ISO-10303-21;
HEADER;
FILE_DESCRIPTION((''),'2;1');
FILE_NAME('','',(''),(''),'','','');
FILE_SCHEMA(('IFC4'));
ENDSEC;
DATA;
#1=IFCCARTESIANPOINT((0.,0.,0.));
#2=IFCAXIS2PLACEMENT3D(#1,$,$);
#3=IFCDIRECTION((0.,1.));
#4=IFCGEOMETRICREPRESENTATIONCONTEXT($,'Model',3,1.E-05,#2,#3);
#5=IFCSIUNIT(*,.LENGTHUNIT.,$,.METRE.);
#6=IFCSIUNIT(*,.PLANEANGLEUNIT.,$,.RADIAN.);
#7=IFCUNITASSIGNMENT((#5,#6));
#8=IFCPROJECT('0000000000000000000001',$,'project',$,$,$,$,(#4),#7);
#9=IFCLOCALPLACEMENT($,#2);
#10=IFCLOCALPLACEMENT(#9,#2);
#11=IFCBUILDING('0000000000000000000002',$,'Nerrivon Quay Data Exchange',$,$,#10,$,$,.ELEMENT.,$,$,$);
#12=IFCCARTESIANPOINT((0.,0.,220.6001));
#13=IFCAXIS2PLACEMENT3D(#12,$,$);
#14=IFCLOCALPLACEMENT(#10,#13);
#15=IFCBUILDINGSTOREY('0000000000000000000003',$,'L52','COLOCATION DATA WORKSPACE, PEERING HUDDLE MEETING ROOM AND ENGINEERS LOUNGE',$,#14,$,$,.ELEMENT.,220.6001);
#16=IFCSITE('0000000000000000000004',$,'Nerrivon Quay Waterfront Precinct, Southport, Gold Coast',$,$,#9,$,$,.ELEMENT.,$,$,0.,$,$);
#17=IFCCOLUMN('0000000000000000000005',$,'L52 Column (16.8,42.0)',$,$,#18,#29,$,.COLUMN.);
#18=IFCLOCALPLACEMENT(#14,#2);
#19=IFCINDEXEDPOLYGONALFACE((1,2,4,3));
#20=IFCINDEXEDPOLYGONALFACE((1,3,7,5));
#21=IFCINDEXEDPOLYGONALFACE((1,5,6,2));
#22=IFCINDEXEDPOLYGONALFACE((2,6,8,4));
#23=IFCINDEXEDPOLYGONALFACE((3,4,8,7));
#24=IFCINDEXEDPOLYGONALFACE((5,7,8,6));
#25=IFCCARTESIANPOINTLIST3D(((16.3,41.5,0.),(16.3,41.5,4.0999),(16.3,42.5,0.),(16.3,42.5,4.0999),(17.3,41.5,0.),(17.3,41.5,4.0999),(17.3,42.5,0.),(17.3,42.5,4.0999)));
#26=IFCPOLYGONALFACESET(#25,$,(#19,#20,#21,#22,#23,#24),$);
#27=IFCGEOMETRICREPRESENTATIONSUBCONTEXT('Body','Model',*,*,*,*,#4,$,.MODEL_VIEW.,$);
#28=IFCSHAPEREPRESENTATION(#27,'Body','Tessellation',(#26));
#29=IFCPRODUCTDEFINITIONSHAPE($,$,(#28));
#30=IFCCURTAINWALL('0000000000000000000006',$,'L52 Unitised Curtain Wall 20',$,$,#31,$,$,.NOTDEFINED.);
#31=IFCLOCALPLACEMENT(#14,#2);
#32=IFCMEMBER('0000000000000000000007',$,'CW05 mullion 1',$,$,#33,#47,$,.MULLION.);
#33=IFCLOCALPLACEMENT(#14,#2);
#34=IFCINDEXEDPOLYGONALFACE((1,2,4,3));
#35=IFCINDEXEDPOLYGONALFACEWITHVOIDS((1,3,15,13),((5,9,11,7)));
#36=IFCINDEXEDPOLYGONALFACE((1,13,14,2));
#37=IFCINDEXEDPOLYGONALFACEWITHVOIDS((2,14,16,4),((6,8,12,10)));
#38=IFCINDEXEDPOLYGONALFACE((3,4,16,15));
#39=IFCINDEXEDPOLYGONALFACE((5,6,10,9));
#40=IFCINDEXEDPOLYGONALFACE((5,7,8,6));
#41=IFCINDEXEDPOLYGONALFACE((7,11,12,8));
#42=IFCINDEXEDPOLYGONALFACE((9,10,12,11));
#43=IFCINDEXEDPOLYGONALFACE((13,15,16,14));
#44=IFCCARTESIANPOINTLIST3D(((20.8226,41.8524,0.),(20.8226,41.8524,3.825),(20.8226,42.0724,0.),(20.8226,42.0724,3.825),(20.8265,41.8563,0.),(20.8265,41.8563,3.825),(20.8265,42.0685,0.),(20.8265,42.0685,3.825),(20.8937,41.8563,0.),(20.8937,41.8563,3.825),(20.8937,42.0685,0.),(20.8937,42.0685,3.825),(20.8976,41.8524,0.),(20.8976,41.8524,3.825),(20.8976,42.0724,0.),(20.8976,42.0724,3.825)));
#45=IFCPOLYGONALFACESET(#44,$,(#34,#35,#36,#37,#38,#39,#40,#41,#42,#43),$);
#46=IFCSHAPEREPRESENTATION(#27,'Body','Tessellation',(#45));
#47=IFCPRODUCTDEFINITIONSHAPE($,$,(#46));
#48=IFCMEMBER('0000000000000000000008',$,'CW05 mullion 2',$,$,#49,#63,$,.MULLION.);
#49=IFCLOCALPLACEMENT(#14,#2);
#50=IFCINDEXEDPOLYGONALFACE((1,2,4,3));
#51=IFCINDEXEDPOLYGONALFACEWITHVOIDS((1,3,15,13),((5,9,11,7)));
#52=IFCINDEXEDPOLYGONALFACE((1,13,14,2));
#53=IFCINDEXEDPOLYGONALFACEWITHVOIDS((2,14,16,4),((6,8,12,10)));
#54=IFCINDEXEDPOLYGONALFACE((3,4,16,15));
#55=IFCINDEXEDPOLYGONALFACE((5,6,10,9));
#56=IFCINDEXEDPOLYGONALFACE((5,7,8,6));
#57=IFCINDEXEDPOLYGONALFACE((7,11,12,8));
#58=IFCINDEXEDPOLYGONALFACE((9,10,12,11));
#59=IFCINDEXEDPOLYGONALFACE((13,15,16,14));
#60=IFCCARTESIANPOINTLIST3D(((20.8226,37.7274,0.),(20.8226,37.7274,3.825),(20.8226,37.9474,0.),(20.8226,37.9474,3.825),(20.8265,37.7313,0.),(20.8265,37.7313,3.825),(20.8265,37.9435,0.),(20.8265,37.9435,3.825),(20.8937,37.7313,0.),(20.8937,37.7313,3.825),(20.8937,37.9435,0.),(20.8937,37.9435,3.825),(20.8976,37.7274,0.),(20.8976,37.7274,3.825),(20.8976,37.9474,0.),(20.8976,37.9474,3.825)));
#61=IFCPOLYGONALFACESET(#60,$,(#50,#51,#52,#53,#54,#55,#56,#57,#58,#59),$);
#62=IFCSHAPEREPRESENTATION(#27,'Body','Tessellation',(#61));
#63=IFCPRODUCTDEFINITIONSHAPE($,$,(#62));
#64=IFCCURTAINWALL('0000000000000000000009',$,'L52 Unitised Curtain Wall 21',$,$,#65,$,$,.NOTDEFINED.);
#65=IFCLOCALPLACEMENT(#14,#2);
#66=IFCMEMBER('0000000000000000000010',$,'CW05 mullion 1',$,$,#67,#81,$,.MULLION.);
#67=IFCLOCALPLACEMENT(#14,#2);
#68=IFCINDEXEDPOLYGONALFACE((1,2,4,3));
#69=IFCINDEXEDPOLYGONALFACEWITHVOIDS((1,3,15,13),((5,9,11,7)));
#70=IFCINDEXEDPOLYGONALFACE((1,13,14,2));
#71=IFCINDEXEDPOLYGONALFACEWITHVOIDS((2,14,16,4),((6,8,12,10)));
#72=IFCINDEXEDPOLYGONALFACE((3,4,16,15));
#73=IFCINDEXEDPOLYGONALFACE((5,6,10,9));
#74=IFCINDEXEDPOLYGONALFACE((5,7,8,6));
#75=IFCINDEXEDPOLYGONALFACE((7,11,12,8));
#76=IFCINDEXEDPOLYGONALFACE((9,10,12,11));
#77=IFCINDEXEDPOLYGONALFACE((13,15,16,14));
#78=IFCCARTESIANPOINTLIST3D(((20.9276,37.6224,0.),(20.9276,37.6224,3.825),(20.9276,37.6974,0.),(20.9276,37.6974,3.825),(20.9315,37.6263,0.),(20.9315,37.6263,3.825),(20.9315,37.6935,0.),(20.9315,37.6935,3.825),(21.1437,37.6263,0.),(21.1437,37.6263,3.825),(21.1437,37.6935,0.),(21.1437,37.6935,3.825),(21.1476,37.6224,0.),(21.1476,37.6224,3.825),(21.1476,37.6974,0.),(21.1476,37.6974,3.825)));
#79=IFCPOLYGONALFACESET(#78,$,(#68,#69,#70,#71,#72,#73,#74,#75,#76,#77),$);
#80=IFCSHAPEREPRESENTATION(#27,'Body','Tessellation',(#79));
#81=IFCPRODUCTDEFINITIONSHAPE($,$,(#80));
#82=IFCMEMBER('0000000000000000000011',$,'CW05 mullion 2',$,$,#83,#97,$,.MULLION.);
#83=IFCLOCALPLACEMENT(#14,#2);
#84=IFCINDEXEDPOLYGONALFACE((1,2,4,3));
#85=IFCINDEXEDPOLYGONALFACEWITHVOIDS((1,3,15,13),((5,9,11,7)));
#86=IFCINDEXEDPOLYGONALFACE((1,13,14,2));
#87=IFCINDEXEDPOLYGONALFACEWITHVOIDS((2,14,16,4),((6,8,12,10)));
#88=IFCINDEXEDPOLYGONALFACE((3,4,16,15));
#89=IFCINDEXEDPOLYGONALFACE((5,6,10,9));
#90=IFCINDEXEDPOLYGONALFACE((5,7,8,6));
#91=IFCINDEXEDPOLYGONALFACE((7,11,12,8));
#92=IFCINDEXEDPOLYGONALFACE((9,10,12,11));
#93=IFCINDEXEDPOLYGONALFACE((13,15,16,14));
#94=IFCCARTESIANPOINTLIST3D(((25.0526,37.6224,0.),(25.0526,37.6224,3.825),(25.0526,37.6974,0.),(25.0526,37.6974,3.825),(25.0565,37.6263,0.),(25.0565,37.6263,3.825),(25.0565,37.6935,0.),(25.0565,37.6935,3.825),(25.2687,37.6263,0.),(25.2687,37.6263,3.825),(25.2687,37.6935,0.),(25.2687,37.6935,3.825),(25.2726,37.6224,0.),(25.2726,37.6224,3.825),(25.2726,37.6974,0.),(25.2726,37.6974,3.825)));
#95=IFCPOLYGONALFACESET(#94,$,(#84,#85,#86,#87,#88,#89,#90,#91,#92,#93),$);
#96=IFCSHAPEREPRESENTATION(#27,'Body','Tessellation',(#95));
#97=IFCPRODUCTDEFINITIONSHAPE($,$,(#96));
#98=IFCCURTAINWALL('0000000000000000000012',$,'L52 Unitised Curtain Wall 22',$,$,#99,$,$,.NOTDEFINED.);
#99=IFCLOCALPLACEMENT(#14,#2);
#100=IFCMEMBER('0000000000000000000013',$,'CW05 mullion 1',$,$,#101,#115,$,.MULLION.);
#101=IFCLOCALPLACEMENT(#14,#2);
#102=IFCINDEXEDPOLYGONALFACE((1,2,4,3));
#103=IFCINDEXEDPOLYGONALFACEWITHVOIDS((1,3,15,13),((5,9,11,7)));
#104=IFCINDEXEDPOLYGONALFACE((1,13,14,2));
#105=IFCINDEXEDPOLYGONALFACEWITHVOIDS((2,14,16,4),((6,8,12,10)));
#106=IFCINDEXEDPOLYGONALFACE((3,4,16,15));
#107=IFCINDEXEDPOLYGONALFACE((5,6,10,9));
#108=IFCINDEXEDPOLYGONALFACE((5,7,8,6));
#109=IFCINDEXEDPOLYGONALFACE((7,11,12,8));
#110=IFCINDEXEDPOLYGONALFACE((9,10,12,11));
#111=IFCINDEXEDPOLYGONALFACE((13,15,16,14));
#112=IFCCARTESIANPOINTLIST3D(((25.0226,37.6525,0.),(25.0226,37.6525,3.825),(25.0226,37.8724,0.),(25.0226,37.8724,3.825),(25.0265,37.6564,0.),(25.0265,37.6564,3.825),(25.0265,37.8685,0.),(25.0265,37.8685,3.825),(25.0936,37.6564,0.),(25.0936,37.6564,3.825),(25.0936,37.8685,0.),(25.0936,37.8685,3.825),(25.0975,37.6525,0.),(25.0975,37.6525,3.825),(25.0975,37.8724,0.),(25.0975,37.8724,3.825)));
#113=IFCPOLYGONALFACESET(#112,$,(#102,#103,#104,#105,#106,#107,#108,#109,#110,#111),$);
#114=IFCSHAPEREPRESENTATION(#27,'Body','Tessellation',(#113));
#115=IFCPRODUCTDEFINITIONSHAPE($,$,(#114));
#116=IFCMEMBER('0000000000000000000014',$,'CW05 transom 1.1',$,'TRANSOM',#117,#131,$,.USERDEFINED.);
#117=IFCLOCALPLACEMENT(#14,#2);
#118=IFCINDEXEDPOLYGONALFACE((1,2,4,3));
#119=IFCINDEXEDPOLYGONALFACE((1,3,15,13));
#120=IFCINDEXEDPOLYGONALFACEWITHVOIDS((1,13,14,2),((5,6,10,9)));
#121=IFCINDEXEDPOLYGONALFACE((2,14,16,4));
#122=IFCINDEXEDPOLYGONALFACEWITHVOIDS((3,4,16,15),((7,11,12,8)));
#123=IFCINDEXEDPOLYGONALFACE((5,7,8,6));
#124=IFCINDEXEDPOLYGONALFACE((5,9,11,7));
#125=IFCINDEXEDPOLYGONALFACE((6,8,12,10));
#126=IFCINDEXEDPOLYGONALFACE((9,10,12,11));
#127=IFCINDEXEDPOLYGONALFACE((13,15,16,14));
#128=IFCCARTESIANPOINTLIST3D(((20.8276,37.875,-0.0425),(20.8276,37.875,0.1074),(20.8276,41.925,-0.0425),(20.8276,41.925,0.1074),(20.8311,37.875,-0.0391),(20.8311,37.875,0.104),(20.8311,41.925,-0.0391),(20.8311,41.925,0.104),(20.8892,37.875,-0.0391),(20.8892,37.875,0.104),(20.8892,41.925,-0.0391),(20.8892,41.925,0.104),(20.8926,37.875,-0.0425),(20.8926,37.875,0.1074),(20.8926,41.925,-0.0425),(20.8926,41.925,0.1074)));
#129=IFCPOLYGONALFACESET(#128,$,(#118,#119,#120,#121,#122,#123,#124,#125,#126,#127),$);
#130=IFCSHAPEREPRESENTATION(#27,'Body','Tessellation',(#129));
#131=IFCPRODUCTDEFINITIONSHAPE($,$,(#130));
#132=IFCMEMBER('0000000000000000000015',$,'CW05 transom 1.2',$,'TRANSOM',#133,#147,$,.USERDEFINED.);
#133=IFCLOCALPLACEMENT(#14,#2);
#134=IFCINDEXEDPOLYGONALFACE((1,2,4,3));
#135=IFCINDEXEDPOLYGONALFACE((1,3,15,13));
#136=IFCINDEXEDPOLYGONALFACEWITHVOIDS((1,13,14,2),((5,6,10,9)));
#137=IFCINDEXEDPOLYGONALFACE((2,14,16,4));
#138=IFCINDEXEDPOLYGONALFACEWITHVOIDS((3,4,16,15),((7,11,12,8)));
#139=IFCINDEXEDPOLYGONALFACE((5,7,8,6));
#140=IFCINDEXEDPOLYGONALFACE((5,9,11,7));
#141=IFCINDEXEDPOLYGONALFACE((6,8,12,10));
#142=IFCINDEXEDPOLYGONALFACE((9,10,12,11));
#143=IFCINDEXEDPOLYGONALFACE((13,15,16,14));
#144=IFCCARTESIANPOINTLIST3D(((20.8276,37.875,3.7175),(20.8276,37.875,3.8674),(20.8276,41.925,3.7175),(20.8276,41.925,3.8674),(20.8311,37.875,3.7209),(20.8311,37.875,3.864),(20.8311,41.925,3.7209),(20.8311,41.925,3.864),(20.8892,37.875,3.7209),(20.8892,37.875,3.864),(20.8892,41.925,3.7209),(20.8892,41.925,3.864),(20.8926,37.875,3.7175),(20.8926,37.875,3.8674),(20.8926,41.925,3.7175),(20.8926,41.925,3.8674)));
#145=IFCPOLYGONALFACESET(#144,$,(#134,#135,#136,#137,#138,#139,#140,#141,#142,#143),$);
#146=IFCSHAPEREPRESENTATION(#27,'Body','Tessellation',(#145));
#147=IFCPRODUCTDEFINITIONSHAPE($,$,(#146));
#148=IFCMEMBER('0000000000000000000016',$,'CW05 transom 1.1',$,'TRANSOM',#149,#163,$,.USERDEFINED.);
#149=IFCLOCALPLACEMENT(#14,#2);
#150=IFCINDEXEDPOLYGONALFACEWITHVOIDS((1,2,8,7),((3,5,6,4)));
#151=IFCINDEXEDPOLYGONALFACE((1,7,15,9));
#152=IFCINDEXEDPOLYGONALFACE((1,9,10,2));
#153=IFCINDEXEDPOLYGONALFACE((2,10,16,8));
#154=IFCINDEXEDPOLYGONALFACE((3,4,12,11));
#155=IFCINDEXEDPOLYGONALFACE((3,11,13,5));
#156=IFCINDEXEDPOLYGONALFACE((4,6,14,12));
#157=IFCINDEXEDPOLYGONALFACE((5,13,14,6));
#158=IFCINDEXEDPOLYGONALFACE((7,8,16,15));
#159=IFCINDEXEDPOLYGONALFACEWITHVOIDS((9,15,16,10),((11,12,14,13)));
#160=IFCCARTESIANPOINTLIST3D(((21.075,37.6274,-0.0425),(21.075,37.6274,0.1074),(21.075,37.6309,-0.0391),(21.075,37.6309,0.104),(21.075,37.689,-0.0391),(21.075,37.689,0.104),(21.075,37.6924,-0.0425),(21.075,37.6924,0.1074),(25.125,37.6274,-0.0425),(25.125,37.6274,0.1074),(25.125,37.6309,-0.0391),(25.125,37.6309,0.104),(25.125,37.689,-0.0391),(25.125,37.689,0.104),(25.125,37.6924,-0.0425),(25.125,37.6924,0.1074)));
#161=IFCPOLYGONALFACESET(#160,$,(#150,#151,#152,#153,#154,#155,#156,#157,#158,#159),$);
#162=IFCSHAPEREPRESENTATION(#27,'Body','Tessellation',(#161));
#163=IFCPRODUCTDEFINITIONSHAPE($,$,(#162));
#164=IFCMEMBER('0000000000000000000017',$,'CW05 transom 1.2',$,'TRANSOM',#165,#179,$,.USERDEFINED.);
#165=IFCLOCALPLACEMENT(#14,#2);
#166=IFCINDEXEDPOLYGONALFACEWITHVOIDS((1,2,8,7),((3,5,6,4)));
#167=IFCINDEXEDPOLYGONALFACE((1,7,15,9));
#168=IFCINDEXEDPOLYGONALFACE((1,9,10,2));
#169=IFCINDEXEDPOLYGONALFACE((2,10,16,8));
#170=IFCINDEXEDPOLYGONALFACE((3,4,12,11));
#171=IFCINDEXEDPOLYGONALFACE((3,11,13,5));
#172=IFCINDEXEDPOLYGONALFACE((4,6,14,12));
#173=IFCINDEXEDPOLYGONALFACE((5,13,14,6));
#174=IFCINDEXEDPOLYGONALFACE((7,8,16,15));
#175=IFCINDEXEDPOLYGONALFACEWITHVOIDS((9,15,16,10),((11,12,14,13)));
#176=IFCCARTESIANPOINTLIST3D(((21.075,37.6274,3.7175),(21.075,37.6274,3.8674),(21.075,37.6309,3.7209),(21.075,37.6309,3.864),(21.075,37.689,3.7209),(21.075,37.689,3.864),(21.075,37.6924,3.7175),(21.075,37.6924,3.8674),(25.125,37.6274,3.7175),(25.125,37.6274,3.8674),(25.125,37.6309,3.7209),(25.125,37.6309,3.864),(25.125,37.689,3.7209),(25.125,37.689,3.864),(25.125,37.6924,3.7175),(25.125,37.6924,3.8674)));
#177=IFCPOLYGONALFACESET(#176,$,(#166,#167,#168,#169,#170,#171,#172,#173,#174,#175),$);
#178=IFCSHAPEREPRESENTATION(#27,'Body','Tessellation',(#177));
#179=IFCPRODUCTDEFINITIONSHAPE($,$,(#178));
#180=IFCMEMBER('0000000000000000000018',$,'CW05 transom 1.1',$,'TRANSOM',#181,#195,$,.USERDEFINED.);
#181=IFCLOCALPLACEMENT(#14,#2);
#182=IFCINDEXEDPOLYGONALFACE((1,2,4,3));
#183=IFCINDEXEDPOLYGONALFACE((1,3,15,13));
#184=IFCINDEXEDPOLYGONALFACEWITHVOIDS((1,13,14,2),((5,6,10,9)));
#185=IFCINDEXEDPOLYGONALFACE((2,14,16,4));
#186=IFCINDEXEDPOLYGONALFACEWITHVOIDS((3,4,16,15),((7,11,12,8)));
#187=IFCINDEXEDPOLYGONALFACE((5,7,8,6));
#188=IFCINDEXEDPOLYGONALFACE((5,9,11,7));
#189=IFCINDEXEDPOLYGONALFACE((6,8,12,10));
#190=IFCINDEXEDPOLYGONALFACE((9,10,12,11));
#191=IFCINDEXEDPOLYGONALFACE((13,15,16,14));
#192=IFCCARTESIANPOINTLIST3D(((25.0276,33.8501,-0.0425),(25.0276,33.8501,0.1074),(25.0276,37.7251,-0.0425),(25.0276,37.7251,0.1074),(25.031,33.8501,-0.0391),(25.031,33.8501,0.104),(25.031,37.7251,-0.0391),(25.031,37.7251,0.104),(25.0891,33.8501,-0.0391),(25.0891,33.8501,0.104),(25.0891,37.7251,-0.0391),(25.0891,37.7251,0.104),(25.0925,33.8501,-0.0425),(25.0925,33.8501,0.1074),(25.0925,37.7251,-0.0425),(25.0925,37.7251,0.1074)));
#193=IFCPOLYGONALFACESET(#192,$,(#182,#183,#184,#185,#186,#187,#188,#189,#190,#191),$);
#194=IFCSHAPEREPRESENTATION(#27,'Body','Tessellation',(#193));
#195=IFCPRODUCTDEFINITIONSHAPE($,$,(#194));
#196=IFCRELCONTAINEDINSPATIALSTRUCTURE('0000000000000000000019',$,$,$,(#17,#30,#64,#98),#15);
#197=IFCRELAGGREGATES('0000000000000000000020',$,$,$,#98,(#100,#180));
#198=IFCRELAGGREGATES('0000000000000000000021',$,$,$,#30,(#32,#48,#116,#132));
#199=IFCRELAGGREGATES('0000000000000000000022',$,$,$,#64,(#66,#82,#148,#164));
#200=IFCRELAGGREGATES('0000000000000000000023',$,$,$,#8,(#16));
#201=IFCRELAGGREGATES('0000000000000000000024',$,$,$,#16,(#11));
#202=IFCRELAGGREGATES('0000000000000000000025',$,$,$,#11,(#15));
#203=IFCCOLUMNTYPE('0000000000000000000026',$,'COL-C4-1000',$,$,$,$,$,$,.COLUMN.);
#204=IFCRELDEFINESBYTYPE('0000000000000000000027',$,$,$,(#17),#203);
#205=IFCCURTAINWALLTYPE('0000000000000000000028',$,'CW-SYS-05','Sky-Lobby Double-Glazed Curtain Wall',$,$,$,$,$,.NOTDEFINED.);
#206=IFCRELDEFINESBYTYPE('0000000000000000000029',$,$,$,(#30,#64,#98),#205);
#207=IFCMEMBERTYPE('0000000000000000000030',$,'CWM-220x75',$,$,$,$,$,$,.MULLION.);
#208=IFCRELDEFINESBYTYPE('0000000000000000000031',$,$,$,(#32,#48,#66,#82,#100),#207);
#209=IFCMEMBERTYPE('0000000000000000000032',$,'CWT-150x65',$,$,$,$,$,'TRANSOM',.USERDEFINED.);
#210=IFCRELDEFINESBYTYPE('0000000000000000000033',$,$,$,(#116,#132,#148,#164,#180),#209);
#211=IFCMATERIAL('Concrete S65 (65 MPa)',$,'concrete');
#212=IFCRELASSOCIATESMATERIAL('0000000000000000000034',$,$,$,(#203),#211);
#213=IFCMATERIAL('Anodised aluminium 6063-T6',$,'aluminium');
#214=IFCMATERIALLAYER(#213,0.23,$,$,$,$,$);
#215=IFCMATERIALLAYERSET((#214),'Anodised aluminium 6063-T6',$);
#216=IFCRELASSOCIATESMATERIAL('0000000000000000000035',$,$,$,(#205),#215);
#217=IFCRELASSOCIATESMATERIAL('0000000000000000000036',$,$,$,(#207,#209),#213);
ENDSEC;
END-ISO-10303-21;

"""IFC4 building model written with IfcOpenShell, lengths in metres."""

from ifc_helpers import new_model, si_unit, direction, frame, origin, origin_2d, place, context, subcontext, project, spatial, rectangle, hollow_rectangle, extrude, material, layer, layer_set, material_profile, profile_set, type_object, element, aggregate, save


model = new_model("IFC4")

# Units and contexts
model_context = context("Model", 3, precision=1e-05, world=origin(), true_north=direction((0.0, 1.0)))
body_context = subcontext(model_context, "Body", "Model", "MODEL_VIEW")
ifc_project = project(units=[si_unit("LENGTHUNIT", "METRE"), si_unit("PLANEANGLEUNIT", "RADIAN")], contexts=[model_context])

# Site, building, storey
site_placement = place(None, origin())
site = spatial("IfcSite", under=ifc_project, at=site_placement, Name="Nerrivon Quay Waterfront Precinct, Southport, Gold Coast", CompositionType="ELEMENT", RefElevation=0.0)
building_placement = place(site_placement, origin())
building = spatial("IfcBuilding", under=site, at=building_placement, Name="Nerrivon Quay Data Exchange", CompositionType="ELEMENT")
storey_placement = place(building_placement, frame((0.0, 0.0, 220.6001)))
storey = spatial("IfcBuildingStorey", under=building, at=storey_placement, Name="L52", Description="COLOCATION DATA WORKSPACE, PEERING HUDDLE MEETING ROOM AND ENGINEERS LOUNGE", CompositionType="ELEMENT", Elevation=220.6001)

# Column
ifc_material_1 = material(Name="Concrete S65 (65 MPa)", Category="concrete")
ifc_material_profile_1 = material_profile(ifc_material_1, rectangle(XDim=1.0, YDim=1.0, at=origin_2d()), Name="RC-COL-1000x1000")
ifc_profile_set_1 = profile_set([ifc_material_profile_1], Name="Concrete S65 (65 MPa)")
column_type = type_object("IfcColumnType", Name="COL-C4-1000", PredefinedType="COLUMN", material=ifc_profile_set_1)
column_placement = place(storey_placement, frame((16.8, 42.0, 0.0), z_axis=(0.0, 0.0, 1.0), x_axis=(1.0, 0.0, 0.0)))
element("IfcColumn", 1, at=column_placement, inside=storey, type_object=column_type, Name="L52 Column (16.8,42.0)", PredefinedType="COLUMN", context=body_context, shape_type="SweptSolid", body=[
    extrude(rectangle(XDim=1.0, YDim=1.0, at=origin_2d()), origin(), (0.0, 0.0, 1.0), 4.0999),
])

# Curtain walls, members
ifc_material_2 = material(Name="Anodised aluminium 6063-T6", Category="aluminium")
ifc_layer_1 = layer(ifc_material_2, 0.23)
ifc_layer_set_1 = layer_set([ifc_layer_1], Name="Anodised aluminium 6063-T6")
curtain_wall_type = type_object("IfcCurtainWallType", Name="CW-SYS-05", Description="Sky-Lobby Double-Glazed Curtain Wall", PredefinedType="NOTDEFINED", material=ifc_layer_set_1)
curtain_wall_1_placement = place(storey_placement, origin())
curtain_wall_1 = element("IfcCurtainWall", 2, at=curtain_wall_1_placement, inside=storey, type_object=curtain_wall_type, Name="L52 Unitised Curtain Wall 20", PredefinedType="NOTDEFINED")
ifc_material_profile_2 = material_profile(ifc_material_2, hollow_rectangle(XDim=0.075, YDim=0.22, WallThickness=0.0039, at=origin_2d()), Name="ALU-MULL-220x75")
ifc_profile_set_2 = profile_set([ifc_material_profile_2], Name="Anodised aluminium 6063-T6")
member_type_1 = type_object("IfcMemberType", Name="CWM-220x75", PredefinedType="MULLION", material=ifc_profile_set_2)
member_1_placement = place(storey_placement, frame((20.8601, 41.9624, 0.0), z_axis=(0.0, 0.0, 1.0), x_axis=(1.0, 0.0, 0.0)))
member_1 = element("IfcMember", 3, at=member_1_placement, type_object=member_type_1, Name="CW05 mullion 1", PredefinedType="MULLION", context=body_context, shape_type="SweptSolid", body=[
    extrude(hollow_rectangle(XDim=0.075, YDim=0.22, WallThickness=0.0039, at=origin_2d()), origin(), (0.0, 0.0, 1.0), 3.825),
])
member_2_placement = place(storey_placement, frame((20.8601, 37.8374, 0.0), z_axis=(0.0, 0.0, 1.0), x_axis=(1.0, 0.0, 0.0)))
member_2 = element("IfcMember", 4, at=member_2_placement, type_object=member_type_1, Name="CW05 mullion 2", PredefinedType="MULLION", context=body_context, shape_type="SweptSolid", body=[
    extrude(hollow_rectangle(XDim=0.075, YDim=0.22, WallThickness=0.0039, at=origin_2d()), origin(), (0.0, 0.0, 1.0), 3.825),
])
curtain_wall_2_placement = place(storey_placement, origin())
curtain_wall_2 = element("IfcCurtainWall", 5, at=curtain_wall_2_placement, inside=storey, type_object=curtain_wall_type, Name="L52 Unitised Curtain Wall 21", PredefinedType="NOTDEFINED")
member_3_placement = place(storey_placement, frame((21.0376, 37.6599, 0.0), z_axis=(0.0, 0.0, 1.0), x_axis=(0.0, 1.0, 0.0)))
member_3 = element("IfcMember", 6, at=member_3_placement, type_object=member_type_1, Name="CW05 mullion 1", PredefinedType="MULLION", context=body_context, shape_type="SweptSolid", body=[
    extrude(hollow_rectangle(XDim=0.075, YDim=0.22, WallThickness=0.0039, at=origin_2d()), origin(), (0.0, 0.0, 1.0), 3.825),
])
member_4_placement = place(storey_placement, frame((25.1626, 37.6599, 0.0), z_axis=(0.0, 0.0, 1.0), x_axis=(0.0, 1.0, 0.0)))
member_4 = element("IfcMember", 7, at=member_4_placement, type_object=member_type_1, Name="CW05 mullion 2", PredefinedType="MULLION", context=body_context, shape_type="SweptSolid", body=[
    extrude(hollow_rectangle(XDim=0.075, YDim=0.22, WallThickness=0.0039, at=origin_2d()), origin(), (0.0, 0.0, 1.0), 3.825),
])

# Curtain wall, member
curtain_wall_3_placement = place(storey_placement, origin())
curtain_wall_3 = element("IfcCurtainWall", 8, at=curtain_wall_3_placement, inside=storey, type_object=curtain_wall_type, Name="L52 Unitised Curtain Wall 22", PredefinedType="NOTDEFINED")
member_5_placement = place(storey_placement, frame((25.0601, 37.7625, 0.0), z_axis=(0.0, 0.0, 1.0), x_axis=(1.0, 0.0, 0.0)))
member_5 = element("IfcMember", 9, at=member_5_placement, type_object=member_type_1, Name="CW05 mullion 1", PredefinedType="MULLION", context=body_context, shape_type="SweptSolid", body=[
    extrude(hollow_rectangle(XDim=0.075, YDim=0.22, WallThickness=0.0039, at=origin_2d()), origin(), (0.0, 0.0, 1.0), 3.825),
])

# Members
ifc_material_profile_3 = material_profile(ifc_material_2, hollow_rectangle(XDim=0.0649, YDim=0.1499, WallThickness=0.0034, at=origin_2d()), Name="ALU-TRAN-150x65")
ifc_profile_set_3 = profile_set([ifc_material_profile_3], Name="Anodised aluminium 6063-T6")
member_type_2 = type_object("IfcMemberType", Name="CWT-150x65", ElementType="TRANSOM", PredefinedType="USERDEFINED", material=ifc_profile_set_3)
member_6_placement = place(storey_placement, frame((20.8601, 41.925, 0.0325), z_axis=(0.0, -1.0, 0.0), x_axis=(1.0, 0.0, 0.0)))
member_6 = element("IfcMember", 10, at=member_6_placement, type_object=member_type_2, Name="CW05 transom 1.1", ObjectType="TRANSOM", PredefinedType="USERDEFINED", context=body_context, shape_type="SweptSolid", body=[
    extrude(hollow_rectangle(XDim=0.0649, YDim=0.1499, WallThickness=0.0034, at=origin_2d()), origin(), (0.0, 0.0, 1.0), 4.05),
])
member_7_placement = place(storey_placement, frame((20.8601, 41.925, 3.7925), z_axis=(0.0, -1.0, 0.0), x_axis=(1.0, 0.0, 0.0)))
member_7 = element("IfcMember", 11, at=member_7_placement, type_object=member_type_2, Name="CW05 transom 1.2", ObjectType="TRANSOM", PredefinedType="USERDEFINED", context=body_context, shape_type="SweptSolid", body=[
    extrude(hollow_rectangle(XDim=0.0649, YDim=0.1499, WallThickness=0.0034, at=origin_2d()), origin(), (0.0, 0.0, 1.0), 4.05),
])
member_8_placement = place(storey_placement, frame((21.075, 37.6599, 0.0325), z_axis=(1.0, 0.0, 0.0), x_axis=(0.0, 1.0, 0.0)))
member_8 = element("IfcMember", 12, at=member_8_placement, type_object=member_type_2, Name="CW05 transom 1.1", ObjectType="TRANSOM", PredefinedType="USERDEFINED", context=body_context, shape_type="SweptSolid", body=[
    extrude(hollow_rectangle(XDim=0.0649, YDim=0.1499, WallThickness=0.0034, at=origin_2d()), origin(), (0.0, 0.0, 1.0), 4.05),
])
member_9_placement = place(storey_placement, frame((21.075, 37.6599, 3.7925), z_axis=(1.0, 0.0, 0.0), x_axis=(0.0, 1.0, 0.0)))
member_9 = element("IfcMember", 13, at=member_9_placement, type_object=member_type_2, Name="CW05 transom 1.2", ObjectType="TRANSOM", PredefinedType="USERDEFINED", context=body_context, shape_type="SweptSolid", body=[
    extrude(hollow_rectangle(XDim=0.0649, YDim=0.1499, WallThickness=0.0034, at=origin_2d()), origin(), (0.0, 0.0, 1.0), 4.05),
])
member_10_placement = place(storey_placement, frame((25.0601, 37.7251, 0.0325), z_axis=(0.0, -1.0, 0.0), x_axis=(1.0, 0.0, 0.0)))
member_10 = element("IfcMember", 14, at=member_10_placement, type_object=member_type_2, Name="CW05 transom 1.1", ObjectType="TRANSOM", PredefinedType="USERDEFINED", context=body_context, shape_type="SweptSolid", body=[
    extrude(hollow_rectangle(XDim=0.0649, YDim=0.1499, WallThickness=0.0034, at=origin_2d()), origin(), (0.0, 0.0, 1.0), 3.875),
])
aggregate(curtain_wall_3, [member_5, member_10])

aggregate(curtain_wall_1, [member_1, member_2, member_6, member_7])
aggregate(curtain_wall_2, [member_3, member_4, member_8, member_9])

save(model, "model.ifc")
